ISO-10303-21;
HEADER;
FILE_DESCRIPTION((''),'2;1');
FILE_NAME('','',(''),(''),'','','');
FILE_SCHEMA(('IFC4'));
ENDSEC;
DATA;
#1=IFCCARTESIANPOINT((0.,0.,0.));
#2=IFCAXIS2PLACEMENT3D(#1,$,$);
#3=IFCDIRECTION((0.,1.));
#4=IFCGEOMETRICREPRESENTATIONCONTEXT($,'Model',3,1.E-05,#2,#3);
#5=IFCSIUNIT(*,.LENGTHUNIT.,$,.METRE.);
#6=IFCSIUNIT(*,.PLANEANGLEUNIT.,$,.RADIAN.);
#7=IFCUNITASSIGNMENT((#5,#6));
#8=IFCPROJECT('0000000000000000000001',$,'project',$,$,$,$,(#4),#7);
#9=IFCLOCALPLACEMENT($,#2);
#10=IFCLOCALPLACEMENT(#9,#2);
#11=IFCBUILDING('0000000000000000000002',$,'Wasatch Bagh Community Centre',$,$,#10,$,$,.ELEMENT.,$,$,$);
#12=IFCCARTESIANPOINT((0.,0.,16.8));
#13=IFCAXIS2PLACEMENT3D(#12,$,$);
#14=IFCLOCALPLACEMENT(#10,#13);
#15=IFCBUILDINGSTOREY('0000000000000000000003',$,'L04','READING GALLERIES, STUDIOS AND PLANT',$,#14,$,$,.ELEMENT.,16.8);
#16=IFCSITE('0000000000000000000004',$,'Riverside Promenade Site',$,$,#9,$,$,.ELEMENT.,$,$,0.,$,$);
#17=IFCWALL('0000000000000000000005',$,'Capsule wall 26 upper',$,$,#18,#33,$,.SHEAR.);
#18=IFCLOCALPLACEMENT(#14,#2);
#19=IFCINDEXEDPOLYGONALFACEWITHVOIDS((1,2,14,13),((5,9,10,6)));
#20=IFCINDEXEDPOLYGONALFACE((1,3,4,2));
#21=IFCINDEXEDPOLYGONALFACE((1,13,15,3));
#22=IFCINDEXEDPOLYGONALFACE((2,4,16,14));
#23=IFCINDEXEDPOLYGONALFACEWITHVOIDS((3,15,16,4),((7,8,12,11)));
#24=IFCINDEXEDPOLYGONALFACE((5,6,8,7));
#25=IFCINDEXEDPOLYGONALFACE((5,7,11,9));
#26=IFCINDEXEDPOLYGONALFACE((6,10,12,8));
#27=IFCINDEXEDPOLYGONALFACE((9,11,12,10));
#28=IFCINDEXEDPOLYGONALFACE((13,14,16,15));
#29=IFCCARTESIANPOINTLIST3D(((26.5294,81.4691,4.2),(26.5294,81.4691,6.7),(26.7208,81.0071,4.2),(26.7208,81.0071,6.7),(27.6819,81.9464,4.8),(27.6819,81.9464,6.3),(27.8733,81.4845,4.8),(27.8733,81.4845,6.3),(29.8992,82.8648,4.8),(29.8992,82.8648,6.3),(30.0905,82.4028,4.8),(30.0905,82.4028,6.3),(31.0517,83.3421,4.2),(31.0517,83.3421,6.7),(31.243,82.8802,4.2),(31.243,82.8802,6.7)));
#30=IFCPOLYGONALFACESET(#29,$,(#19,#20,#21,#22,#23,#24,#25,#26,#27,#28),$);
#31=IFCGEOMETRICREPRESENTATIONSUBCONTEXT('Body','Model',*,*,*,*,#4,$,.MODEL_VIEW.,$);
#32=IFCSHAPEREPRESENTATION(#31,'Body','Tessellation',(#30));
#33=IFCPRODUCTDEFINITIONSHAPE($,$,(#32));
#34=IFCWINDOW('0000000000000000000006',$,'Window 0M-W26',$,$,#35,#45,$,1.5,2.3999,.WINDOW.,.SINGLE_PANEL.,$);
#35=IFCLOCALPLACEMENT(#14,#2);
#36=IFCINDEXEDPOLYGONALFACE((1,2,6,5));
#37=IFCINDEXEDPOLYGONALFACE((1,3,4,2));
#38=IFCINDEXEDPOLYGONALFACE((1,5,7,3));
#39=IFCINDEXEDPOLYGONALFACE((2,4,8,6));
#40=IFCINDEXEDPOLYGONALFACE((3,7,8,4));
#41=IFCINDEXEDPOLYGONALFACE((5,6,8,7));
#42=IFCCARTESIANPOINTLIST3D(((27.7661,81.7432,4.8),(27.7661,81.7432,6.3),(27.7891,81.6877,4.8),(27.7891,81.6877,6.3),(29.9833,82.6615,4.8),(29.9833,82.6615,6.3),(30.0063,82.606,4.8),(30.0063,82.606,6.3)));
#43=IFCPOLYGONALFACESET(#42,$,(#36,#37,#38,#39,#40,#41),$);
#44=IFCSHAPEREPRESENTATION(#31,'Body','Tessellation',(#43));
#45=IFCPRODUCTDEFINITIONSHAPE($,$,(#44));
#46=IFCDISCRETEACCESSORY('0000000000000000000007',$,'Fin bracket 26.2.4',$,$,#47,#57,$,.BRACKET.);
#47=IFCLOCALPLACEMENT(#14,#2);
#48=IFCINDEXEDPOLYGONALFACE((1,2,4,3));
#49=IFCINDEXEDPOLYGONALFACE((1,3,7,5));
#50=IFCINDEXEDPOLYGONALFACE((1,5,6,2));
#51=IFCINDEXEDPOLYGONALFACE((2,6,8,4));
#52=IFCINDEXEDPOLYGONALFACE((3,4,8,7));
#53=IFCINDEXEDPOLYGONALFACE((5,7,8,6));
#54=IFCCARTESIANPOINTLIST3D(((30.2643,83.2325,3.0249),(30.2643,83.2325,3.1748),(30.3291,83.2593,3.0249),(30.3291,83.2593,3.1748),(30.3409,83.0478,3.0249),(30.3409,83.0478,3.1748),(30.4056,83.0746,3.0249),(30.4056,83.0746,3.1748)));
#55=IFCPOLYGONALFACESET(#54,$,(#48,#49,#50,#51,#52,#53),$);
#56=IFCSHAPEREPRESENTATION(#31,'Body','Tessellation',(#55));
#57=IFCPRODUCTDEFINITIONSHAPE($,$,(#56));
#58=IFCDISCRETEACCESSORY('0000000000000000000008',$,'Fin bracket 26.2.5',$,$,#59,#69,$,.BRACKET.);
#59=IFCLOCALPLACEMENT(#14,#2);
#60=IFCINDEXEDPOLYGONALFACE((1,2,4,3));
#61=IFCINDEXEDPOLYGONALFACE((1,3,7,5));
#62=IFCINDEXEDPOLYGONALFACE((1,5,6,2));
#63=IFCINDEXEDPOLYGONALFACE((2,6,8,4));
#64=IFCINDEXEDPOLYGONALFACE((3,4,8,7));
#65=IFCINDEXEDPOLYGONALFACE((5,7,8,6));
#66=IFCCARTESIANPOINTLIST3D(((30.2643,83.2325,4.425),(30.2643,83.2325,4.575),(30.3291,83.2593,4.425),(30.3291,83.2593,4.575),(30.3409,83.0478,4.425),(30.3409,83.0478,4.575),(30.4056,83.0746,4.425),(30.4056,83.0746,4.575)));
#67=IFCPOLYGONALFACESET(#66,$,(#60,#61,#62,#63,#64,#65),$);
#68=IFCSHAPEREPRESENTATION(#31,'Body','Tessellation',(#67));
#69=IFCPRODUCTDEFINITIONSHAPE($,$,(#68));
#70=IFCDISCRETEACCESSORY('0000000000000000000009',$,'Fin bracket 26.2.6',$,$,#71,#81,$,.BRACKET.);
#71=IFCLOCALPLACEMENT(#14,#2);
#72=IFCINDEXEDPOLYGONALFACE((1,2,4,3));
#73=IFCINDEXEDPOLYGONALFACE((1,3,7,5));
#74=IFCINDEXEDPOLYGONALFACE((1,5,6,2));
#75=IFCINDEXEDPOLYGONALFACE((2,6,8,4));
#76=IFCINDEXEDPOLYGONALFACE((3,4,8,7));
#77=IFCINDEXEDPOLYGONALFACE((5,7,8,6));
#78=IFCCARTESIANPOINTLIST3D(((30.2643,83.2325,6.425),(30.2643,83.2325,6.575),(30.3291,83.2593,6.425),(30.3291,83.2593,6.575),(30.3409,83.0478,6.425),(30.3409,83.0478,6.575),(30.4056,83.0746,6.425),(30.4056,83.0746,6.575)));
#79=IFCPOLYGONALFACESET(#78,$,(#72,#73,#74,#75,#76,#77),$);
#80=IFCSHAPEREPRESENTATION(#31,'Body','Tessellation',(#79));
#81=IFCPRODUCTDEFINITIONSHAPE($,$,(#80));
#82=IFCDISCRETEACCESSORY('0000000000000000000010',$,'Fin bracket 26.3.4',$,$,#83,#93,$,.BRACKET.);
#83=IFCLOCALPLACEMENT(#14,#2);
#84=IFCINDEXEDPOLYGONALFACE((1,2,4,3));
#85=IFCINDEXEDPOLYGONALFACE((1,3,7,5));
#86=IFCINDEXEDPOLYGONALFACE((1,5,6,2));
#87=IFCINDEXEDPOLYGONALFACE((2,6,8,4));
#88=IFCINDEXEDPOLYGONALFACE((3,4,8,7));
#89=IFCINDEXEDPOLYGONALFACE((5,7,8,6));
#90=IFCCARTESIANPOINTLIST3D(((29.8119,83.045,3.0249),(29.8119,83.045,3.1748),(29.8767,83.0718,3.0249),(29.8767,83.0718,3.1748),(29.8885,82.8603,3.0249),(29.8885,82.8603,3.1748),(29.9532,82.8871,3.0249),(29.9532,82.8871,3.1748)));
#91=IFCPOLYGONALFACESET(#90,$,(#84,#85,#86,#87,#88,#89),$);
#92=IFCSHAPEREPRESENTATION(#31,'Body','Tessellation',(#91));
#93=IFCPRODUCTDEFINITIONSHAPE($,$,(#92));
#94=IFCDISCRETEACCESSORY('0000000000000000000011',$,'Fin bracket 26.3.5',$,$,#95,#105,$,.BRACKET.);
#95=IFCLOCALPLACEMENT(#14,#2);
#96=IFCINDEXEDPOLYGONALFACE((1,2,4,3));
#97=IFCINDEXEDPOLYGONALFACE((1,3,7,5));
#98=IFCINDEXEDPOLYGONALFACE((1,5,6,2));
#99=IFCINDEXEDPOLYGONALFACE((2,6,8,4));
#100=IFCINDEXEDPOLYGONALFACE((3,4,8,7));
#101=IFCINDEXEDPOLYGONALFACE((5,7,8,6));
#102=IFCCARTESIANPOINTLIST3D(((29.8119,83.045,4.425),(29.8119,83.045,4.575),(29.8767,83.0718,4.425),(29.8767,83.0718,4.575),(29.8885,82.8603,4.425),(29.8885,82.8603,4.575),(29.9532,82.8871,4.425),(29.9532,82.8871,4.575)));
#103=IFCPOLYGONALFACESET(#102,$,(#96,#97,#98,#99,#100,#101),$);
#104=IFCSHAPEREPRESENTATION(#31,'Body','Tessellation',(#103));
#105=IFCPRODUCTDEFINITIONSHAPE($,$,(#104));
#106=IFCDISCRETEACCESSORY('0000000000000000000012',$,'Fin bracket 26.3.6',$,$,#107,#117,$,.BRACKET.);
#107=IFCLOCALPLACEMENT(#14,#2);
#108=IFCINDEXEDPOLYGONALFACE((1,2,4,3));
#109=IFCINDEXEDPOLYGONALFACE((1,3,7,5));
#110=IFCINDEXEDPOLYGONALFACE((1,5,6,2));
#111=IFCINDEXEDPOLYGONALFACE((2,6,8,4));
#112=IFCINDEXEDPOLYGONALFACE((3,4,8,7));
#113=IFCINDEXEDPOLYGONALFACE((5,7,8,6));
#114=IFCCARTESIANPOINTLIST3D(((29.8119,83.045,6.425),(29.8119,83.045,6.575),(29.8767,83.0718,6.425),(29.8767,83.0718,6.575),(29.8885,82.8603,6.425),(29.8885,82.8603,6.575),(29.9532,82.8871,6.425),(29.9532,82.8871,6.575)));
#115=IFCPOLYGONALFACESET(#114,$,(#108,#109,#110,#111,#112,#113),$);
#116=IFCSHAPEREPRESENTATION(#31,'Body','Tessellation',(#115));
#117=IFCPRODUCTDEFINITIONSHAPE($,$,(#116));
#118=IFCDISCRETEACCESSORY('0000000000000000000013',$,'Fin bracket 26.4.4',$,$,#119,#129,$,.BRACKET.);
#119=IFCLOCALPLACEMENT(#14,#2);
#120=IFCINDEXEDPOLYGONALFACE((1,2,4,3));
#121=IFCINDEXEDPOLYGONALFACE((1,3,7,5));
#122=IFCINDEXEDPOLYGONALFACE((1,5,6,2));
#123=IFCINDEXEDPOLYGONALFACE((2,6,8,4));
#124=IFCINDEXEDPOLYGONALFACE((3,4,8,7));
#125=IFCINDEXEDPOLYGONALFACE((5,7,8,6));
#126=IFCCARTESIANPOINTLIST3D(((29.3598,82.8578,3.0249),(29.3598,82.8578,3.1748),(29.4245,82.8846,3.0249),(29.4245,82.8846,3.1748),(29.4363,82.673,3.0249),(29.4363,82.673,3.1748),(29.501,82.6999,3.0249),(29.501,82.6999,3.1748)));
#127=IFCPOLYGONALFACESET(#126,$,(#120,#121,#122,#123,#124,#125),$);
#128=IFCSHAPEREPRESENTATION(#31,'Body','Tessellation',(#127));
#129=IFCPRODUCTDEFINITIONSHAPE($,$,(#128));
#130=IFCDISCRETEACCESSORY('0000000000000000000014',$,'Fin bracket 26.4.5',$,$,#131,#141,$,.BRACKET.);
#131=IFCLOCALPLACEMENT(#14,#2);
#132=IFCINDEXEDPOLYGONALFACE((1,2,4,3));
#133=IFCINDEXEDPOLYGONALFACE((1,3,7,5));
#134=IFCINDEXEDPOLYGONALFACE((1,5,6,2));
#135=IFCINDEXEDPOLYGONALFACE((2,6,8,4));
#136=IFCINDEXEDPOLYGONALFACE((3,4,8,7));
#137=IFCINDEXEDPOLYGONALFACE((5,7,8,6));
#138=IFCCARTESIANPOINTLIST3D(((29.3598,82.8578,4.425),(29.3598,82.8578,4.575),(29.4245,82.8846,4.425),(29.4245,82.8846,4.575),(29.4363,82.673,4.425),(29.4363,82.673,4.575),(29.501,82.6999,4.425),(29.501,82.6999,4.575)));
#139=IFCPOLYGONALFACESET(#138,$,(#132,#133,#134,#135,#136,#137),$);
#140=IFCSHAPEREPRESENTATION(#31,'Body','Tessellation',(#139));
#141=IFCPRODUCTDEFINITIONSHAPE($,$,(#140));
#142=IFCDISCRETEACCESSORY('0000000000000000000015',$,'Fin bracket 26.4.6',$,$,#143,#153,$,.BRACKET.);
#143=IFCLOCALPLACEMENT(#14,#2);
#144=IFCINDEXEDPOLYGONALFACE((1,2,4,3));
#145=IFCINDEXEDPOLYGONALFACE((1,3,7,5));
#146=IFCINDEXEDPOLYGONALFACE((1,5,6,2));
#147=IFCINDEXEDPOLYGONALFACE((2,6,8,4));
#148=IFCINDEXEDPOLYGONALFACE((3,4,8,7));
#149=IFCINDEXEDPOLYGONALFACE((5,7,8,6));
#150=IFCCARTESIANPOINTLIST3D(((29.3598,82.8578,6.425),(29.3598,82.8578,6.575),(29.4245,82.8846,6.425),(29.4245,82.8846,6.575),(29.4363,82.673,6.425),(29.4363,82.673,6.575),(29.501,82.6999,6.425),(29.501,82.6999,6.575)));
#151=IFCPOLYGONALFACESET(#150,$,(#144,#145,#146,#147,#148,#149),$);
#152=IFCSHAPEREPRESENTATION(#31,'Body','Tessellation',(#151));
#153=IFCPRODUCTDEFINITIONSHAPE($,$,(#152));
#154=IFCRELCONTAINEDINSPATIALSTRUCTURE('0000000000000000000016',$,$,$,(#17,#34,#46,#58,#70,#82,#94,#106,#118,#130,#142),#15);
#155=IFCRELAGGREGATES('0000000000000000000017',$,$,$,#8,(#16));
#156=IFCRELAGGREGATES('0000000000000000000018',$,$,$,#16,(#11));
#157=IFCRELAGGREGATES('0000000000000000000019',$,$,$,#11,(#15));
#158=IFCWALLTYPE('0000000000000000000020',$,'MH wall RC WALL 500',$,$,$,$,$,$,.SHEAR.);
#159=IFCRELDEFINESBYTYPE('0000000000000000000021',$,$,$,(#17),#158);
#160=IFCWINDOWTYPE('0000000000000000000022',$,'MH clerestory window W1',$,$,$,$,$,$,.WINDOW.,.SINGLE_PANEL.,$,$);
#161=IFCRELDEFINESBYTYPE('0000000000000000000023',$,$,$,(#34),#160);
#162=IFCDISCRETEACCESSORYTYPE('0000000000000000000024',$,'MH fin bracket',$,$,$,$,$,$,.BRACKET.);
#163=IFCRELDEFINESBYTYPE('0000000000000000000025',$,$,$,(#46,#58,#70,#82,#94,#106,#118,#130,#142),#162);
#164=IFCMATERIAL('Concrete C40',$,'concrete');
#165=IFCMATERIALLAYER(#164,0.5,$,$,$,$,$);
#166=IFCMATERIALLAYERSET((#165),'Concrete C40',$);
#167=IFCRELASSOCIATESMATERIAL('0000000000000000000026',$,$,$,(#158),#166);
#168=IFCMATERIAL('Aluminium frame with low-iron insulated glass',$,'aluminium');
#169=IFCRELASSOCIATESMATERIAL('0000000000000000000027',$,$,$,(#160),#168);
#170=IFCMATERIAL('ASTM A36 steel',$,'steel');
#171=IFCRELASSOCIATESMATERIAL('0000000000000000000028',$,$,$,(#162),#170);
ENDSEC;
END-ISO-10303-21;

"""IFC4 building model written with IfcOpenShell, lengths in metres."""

from ifc_helpers import new_model, si_unit, direction, frame, frame_2d, origin, origin_2d, place, context, subcontext, project, spatial, rectangle, extrude, material, layer, layer_set, type_object, element, fill, save


model = new_model("IFC4")

# Units and contexts
model_context = context("Model", 3, precision=1e-05, world=origin(), true_north=direction((0.0, 1.0)))
body_context = subcontext(model_context, "Body", "Model", "MODEL_VIEW")
ifc_project = project(units=[si_unit("LENGTHUNIT", "METRE"), si_unit("PLANEANGLEUNIT", "RADIAN")], contexts=[model_context])

# Site, building, storey
site_placement = place(None, origin())
site = spatial("IfcSite", under=ifc_project, at=site_placement, Name="Riverside Promenade Site", CompositionType="ELEMENT", RefElevation=0.0)
building_placement = place(site_placement, origin())
building = spatial("IfcBuilding", under=site, at=building_placement, Name="Wasatch Bagh Community Centre", CompositionType="ELEMENT")
storey_placement = place(building_placement, frame((0.0, 0.0, 16.8)))
storey = spatial("IfcBuildingStorey", under=building, at=storey_placement, Name="L04", Description="READING GALLERIES, STUDIOS AND PLANT", CompositionType="ELEMENT", Elevation=16.8)

# Shared definitions
ifc_material_1 = material(Name="Concrete C40", Category="concrete")

# Wall, opening, window
ifc_layer_1 = layer(ifc_material_1, 0.5)
ifc_layer_set_1 = layer_set([ifc_layer_1], Name="Concrete C40")
wall_type = type_object("IfcWallType", Name="MH wall RC WALL 500", PredefinedType="SHEAR", material=ifc_layer_set_1)
ifc_material_2 = material(Name="Aluminium frame with low-iron insulated glass", Category="aluminium")
wall_1_placement = place(storey_placement, frame((31.1472, 83.1111, 4.2), z_axis=(0.0, 0.0, 1.0), x_axis=(-0.923888, -0.382663, 0.0)))
wall_1 = element("IfcWall", 1, at=wall_1_placement, inside=storey, type_object=wall_type, Name="Capsule wall 26 upper", PredefinedType="SHEAR", context=body_context, shape_type="SweptSolid", body=[
    extrude(rectangle(XDim=4.8948, YDim=0.5, at=frame_2d((2.4473, 0.0))), origin(), (0.0, 0.0, 1.0), 2.5),
])
opening_1_placement = place(wall_1_placement, frame((1.2473, 0.0, 0.6001)))
opening_1 = element("IfcOpeningElement", 2, at=opening_1_placement, cuts=wall_1, PredefinedType="OPENING", context=body_context, shape_type="SweptSolid", body=[
    extrude(rectangle(XDim=2.3999, YDim=1.5, at=frame_2d((1.2, 0.75))), frame((0.0, 0.26, 0.0), z_axis=(0.0, -1.0, 0.0), x_axis=(1.0, 0.0, 0.0)), (0.0, 0.0, 1.0), 0.52),
])
window_type_1 = type_object("IfcWindowType", Name="MH clerestory window W1", PartitioningType="SINGLE_PANEL", PredefinedType="WINDOW", material=ifc_material_2)
window_1_placement = place(opening_1_placement, origin())
window_1 = element("IfcWindow", 3, at=window_1_placement, inside=storey, type_object=window_type_1, Name="Window 0M-W26", OverallHeight=1.5, OverallWidth=2.3999, PartitioningType="SINGLE_PANEL", PredefinedType="WINDOW", context=body_context, shape_type="SweptSolid", body=[
    extrude(rectangle(XDim=2.3999, YDim=1.5, at=frame_2d((1.2, 0.75))), frame((0.0, 0.03, 0.0), z_axis=(0.0, -1.0, 0.0), x_axis=(1.0, 0.0, 0.0)), (0.0, 0.0, 1.0), 0.0601),
])
fill(opening_1, window_1)

# Discrete accessories
ifc_material_3 = material(Name="ASTM A36 steel", Category="steel")
discrete_accessory_type = type_object("IfcDiscreteAccessoryType", Name="MH fin bracket", PredefinedType="BRACKET", material=ifc_material_3)
for number, where, z_axis, x_axis, name in (
    (4, (30.335, 83.1536, 3.0249), (0.0, 0.0, 1.0), (-0.92388, -0.382683, 0.0), "Fin bracket 26.2.4"),
    (5, (30.335, 83.1536, 4.425), (0.0, 0.0, 1.0), (-0.92388, -0.382683, 0.0), "Fin bracket 26.2.5"),
    (6, (30.335, 83.1536, 6.425), (0.0, 0.0, 1.0), (-0.92388, -0.382683, 0.0), "Fin bracket 26.2.6"),
    (7, (29.8826, 82.9661, 3.0249), (0.0, 0.0, 1.0), (-0.92388, -0.382683, 0.0), "Fin bracket 26.3.4"),
    (8, (29.8826, 82.9661, 4.425), (0.0, 0.0, 1.0), (-0.92388, -0.382683, 0.0), "Fin bracket 26.3.5"),
    (9, (29.8826, 82.9661, 6.425), (0.0, 0.0, 1.0), (-0.92388, -0.382683, 0.0), "Fin bracket 26.3.6"),
    (10, (29.4304, 82.7788, 3.0249), (0.0, 0.0, 1.0), (-0.92388, -0.382683, 0.0), "Fin bracket 26.4.4"),
    (11, (29.4304, 82.7788, 4.425), (0.0, 0.0, 1.0), (-0.92388, -0.382683, 0.0), "Fin bracket 26.4.5"),
    (12, (29.4304, 82.7788, 6.425), (0.0, 0.0, 1.0), (-0.92388, -0.382683, 0.0), "Fin bracket 26.4.6"),
):
    element("IfcDiscreteAccessory", number, at=place(storey_placement, frame(where, z_axis=z_axis, x_axis=x_axis)), inside=storey, type_object=discrete_accessory_type, Name=name, PredefinedType="BRACKET", context=body_context, shape_type="SweptSolid", body=[
        extrude(rectangle(XDim=0.0701, YDim=0.2, at=origin_2d()), origin(), (0.0, 0.0, 1.0), 0.1499),
    ])

save(model, "model.ifc")
